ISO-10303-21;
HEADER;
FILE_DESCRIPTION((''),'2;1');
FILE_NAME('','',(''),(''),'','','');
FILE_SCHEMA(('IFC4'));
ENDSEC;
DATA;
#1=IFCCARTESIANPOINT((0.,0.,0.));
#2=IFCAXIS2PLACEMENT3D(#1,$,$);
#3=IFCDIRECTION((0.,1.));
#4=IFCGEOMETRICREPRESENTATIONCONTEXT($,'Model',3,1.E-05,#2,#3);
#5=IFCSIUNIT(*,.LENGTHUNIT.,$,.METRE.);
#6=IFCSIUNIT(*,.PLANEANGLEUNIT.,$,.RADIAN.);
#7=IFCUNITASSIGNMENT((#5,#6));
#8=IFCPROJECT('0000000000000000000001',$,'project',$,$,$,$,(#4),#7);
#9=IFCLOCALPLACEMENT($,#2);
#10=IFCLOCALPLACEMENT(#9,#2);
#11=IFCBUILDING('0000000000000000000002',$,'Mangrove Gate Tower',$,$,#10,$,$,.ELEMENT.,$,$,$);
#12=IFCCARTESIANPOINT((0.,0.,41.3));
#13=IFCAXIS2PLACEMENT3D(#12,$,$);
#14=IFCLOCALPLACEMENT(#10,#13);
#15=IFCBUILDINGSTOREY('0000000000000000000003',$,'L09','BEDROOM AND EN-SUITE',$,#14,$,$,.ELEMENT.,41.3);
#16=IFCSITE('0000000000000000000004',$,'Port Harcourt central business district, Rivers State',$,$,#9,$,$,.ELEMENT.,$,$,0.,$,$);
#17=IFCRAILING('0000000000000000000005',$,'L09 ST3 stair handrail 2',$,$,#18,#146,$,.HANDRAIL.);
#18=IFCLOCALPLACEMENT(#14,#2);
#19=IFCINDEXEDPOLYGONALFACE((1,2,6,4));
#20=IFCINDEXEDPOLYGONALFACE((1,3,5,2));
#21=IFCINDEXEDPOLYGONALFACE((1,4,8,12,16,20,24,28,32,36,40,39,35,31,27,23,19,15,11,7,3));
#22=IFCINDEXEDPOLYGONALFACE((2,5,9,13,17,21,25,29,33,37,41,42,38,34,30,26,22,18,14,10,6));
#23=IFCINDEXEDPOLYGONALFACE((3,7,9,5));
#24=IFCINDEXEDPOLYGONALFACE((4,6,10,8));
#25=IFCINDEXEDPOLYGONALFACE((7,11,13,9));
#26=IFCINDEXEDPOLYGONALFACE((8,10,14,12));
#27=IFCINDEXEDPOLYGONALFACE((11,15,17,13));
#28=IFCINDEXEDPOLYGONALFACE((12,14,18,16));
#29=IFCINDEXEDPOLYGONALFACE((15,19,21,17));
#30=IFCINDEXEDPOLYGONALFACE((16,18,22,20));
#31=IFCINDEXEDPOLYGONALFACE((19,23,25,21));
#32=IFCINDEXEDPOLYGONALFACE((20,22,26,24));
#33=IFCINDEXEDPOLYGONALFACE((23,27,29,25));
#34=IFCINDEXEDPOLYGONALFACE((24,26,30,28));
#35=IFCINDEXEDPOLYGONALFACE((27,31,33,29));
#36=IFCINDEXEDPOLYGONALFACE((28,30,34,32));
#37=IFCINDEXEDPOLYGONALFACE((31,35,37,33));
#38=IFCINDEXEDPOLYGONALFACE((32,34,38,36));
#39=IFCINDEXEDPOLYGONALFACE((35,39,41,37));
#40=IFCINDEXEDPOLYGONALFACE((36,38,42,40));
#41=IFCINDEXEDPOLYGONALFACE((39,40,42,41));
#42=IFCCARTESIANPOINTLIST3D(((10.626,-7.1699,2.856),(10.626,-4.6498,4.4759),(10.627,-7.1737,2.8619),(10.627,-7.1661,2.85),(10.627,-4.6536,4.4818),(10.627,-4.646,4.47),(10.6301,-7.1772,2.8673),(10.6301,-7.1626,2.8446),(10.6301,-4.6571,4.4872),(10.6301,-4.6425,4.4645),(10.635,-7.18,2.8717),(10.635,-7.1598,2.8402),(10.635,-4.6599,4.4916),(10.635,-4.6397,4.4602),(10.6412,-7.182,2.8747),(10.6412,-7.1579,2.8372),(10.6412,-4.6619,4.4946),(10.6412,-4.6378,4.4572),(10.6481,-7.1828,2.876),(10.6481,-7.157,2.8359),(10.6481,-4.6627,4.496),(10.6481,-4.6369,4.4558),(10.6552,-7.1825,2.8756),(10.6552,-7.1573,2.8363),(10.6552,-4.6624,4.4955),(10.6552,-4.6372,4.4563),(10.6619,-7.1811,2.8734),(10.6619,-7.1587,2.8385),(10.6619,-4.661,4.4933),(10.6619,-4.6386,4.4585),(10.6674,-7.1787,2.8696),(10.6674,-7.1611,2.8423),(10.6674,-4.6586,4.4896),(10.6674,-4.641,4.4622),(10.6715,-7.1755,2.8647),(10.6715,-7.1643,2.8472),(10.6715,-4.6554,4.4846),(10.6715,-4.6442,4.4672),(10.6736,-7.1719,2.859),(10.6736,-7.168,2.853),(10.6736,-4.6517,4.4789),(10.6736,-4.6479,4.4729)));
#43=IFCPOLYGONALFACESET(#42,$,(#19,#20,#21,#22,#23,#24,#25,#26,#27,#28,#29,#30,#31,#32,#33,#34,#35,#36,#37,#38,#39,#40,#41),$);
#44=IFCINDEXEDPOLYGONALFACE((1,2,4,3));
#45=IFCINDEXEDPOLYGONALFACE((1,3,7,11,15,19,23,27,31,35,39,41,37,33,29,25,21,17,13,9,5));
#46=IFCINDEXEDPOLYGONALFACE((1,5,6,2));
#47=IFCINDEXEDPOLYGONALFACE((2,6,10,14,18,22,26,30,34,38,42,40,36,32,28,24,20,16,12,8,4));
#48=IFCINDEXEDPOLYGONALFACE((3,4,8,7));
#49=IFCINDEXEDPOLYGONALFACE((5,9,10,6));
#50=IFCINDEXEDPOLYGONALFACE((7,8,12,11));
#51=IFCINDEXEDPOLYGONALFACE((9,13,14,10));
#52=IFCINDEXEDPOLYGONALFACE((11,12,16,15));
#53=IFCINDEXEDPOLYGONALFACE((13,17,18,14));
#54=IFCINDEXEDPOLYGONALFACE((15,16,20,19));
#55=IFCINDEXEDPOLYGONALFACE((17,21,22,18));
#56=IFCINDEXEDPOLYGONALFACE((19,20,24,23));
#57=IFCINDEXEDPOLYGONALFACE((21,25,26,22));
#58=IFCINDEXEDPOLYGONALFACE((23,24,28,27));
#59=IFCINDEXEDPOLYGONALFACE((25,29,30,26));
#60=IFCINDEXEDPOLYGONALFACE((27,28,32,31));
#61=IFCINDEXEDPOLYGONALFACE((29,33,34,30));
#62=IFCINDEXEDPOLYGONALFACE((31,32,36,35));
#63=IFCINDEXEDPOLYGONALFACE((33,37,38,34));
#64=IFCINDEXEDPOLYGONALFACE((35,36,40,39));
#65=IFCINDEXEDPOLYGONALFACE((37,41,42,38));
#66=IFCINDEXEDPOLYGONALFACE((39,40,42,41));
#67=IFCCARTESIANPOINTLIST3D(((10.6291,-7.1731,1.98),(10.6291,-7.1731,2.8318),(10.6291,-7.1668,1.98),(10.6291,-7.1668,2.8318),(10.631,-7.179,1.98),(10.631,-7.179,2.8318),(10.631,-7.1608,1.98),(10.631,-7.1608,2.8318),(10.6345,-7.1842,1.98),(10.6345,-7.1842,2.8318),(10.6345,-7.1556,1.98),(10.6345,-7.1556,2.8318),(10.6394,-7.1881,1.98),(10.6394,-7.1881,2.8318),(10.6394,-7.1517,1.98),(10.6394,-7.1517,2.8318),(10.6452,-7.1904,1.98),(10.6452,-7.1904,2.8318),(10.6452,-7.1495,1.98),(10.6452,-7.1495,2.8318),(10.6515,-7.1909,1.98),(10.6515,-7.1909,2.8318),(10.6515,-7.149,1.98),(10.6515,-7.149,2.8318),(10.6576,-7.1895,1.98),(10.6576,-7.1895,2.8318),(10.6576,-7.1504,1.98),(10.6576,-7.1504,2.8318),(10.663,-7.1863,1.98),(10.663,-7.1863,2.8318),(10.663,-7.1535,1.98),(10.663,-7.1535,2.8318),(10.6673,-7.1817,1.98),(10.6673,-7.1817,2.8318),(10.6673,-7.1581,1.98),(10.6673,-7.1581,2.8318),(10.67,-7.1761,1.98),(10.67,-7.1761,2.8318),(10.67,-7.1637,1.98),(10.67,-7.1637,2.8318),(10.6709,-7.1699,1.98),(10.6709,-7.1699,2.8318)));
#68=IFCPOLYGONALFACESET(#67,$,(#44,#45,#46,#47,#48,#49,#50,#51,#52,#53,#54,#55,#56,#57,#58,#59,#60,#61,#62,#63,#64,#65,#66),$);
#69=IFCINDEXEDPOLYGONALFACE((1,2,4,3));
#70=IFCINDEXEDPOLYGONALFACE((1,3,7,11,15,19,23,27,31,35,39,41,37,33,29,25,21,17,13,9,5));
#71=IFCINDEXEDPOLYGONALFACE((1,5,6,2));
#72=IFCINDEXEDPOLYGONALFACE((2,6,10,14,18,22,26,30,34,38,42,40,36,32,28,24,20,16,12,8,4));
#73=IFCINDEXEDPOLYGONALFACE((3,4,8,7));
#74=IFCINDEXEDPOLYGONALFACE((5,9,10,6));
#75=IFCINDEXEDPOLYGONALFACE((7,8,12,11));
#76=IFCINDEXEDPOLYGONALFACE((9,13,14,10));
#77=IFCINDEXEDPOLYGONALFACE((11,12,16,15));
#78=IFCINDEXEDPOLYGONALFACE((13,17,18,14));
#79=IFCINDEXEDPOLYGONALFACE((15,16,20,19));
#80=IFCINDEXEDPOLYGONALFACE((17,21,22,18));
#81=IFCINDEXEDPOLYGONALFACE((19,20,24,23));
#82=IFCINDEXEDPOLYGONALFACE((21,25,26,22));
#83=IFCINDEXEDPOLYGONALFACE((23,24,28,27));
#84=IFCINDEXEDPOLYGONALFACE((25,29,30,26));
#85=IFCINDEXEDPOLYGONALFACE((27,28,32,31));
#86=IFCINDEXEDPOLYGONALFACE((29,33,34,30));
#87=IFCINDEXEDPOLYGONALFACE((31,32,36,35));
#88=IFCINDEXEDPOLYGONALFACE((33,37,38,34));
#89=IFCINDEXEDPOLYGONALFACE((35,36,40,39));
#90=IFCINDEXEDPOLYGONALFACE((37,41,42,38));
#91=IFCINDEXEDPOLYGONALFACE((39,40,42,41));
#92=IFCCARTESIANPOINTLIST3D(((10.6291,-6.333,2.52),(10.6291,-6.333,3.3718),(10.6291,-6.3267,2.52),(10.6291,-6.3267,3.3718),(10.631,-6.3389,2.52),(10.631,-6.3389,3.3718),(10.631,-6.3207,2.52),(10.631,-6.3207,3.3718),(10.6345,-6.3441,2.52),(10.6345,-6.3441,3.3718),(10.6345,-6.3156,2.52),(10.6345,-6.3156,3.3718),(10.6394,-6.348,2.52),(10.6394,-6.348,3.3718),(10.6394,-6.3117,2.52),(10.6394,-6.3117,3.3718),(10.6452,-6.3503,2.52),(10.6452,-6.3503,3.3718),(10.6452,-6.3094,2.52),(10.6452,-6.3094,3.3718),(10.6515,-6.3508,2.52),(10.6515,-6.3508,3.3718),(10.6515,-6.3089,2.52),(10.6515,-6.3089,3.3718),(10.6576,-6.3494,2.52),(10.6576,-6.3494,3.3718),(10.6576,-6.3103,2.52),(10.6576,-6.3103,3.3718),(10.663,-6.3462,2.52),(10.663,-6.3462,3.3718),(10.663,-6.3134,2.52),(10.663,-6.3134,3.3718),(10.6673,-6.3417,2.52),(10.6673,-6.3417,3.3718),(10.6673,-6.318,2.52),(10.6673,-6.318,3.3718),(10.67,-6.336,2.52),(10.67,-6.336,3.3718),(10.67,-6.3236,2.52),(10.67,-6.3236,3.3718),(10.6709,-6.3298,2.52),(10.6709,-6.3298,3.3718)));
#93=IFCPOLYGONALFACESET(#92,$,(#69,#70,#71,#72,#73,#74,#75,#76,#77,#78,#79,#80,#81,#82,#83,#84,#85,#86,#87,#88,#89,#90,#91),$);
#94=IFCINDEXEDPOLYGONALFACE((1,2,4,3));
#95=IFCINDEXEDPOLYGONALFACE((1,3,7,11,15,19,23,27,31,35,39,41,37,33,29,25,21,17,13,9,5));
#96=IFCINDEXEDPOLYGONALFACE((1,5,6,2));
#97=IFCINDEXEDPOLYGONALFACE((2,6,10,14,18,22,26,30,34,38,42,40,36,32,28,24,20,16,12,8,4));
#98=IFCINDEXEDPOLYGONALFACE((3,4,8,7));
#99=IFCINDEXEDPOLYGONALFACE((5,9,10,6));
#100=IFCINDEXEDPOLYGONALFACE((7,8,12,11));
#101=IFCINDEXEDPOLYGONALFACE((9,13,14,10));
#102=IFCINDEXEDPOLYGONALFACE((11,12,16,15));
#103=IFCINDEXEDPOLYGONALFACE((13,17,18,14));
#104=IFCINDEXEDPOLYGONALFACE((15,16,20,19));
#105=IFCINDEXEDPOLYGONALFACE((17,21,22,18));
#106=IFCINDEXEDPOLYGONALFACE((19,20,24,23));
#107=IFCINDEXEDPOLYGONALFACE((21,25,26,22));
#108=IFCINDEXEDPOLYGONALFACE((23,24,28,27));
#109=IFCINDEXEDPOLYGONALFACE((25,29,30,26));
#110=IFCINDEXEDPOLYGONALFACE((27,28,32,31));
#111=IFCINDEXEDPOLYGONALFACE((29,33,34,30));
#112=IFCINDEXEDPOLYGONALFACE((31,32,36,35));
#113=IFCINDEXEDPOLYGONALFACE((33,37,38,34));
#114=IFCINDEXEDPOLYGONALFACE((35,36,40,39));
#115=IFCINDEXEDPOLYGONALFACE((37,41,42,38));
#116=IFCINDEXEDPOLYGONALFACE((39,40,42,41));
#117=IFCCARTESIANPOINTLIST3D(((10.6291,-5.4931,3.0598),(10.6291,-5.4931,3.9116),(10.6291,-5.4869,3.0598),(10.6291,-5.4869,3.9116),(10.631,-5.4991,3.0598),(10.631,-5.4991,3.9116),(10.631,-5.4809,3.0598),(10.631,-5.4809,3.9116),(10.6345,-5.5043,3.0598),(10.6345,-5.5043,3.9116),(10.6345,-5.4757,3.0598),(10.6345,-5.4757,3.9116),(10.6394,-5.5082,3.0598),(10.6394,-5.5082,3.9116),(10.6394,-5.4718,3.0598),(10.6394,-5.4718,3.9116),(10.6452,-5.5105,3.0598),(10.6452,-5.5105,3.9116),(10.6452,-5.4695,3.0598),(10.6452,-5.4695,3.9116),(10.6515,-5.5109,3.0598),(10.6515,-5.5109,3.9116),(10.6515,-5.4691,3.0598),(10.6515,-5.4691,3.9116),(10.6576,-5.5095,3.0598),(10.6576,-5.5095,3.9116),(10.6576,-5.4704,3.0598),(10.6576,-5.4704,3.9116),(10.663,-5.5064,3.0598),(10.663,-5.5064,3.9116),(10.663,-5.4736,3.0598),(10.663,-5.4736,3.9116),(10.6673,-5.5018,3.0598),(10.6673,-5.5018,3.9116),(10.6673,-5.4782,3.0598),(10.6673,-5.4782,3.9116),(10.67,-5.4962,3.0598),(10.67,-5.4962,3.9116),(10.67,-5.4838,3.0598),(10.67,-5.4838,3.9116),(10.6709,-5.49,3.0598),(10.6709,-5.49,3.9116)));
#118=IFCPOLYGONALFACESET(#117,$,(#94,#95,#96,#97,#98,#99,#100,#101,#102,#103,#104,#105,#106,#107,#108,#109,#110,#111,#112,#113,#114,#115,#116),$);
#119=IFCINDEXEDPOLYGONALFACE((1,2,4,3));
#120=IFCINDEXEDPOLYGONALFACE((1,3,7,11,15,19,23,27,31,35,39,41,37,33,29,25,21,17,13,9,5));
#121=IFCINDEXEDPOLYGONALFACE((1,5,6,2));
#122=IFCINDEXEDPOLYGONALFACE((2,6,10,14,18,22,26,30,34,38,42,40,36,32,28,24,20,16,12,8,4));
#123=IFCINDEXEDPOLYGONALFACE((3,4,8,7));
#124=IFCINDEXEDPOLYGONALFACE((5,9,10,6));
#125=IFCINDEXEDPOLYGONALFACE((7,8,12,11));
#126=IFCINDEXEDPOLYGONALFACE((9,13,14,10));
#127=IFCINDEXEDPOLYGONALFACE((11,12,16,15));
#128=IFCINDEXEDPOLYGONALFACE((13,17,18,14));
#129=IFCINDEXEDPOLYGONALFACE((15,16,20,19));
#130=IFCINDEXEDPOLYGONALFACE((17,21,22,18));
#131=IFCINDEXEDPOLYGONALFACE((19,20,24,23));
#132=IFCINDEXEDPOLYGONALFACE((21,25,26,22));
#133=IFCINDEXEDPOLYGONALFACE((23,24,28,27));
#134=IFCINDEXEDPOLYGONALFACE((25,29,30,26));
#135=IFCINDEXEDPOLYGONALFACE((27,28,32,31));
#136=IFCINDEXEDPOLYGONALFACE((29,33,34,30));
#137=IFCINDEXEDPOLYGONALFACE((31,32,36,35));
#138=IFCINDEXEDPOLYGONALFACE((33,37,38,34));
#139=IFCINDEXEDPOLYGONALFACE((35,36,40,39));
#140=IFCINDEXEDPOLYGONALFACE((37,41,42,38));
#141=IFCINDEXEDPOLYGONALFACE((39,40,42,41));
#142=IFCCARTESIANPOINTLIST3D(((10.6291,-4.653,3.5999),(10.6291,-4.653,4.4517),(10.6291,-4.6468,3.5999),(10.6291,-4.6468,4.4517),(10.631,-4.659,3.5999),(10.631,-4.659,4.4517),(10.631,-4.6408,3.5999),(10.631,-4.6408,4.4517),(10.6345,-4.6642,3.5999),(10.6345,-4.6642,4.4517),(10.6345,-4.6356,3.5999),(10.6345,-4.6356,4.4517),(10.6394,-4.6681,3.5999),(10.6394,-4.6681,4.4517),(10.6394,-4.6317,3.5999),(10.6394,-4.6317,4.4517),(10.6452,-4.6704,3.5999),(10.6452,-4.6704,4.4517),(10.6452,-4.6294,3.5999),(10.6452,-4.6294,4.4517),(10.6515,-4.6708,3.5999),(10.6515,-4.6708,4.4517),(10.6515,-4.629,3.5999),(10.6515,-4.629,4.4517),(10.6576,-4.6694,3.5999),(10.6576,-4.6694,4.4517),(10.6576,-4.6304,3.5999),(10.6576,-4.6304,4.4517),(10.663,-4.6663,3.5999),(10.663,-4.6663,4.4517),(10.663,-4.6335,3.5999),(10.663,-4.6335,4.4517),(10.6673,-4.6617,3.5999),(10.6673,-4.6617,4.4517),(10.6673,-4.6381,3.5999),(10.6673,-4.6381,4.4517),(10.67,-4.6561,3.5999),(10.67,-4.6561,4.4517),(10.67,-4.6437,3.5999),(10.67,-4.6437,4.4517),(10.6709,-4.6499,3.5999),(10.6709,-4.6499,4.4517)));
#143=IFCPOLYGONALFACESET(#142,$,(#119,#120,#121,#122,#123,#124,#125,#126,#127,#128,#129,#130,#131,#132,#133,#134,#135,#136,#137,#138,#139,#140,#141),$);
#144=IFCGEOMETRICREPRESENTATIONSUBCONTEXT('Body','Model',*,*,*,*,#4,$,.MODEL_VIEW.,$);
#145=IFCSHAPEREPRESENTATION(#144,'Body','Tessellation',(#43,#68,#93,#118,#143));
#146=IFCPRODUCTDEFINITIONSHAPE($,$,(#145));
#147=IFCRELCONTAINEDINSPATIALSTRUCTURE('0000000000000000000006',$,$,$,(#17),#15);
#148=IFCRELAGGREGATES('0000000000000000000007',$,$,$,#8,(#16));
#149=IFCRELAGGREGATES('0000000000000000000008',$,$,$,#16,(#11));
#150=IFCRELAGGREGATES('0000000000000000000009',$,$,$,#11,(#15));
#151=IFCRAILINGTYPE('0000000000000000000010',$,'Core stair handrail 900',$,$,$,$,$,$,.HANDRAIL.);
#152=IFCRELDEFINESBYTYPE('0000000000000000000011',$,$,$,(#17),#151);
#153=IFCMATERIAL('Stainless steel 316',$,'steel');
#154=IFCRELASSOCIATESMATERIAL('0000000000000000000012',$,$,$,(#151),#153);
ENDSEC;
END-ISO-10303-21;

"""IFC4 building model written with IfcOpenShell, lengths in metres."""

from ifc_helpers import new_model, si_unit, direction, frame, origin, origin_2d, place, context, subcontext, project, spatial, circle, extrude, material, type_object, element, save


model = new_model("IFC4")

# Units and contexts
model_context = context("Model", 3, precision=1e-05, world=origin(), true_north=direction((0.0, 1.0)))
body_context = subcontext(model_context, "Body", "Model", "MODEL_VIEW")
ifc_project = project(units=[si_unit("LENGTHUNIT", "METRE"), si_unit("PLANEANGLEUNIT", "RADIAN")], contexts=[model_context])

# Site, building, storey
site_placement = place(None, origin())
site = spatial("IfcSite", under=ifc_project, at=site_placement, Name="Port Harcourt central business district, Rivers State", CompositionType="ELEMENT", RefElevation=0.0)
building_placement = place(site_placement, origin())
building = spatial("IfcBuilding", under=site, at=building_placement, Name="Mangrove Gate Tower", CompositionType="ELEMENT")
storey_placement = place(building_placement, frame((0.0, 0.0, 41.3)))
storey = spatial("IfcBuildingStorey", under=building, at=storey_placement, Name="L09", Description="BEDROOM AND EN-SUITE", CompositionType="ELEMENT", Elevation=41.3)

# Railing
ifc_material_1 = material(Name="Stainless steel 316", Category="steel")
railing_type_1 = type_object("IfcRailingType", Name="Core stair handrail 900", PredefinedType="HANDRAIL", material=ifc_material_1)
railing_1_placement = place(storey_placement, frame((10.6499, -7.1699, 1.98)))
element("IfcRailing", 1, at=railing_1_placement, inside=storey, type_object=railing_type_1, Name="L09 ST3 stair handrail 2", PredefinedType="HANDRAIL", context=body_context, shape_type="SweptSolid", body=[
    extrude(circle(Radius=0.0239, at=origin_2d()), frame((0.0, 0.0, 0.876), z_axis=(0.0, 0.8412, 0.540725), x_axis=(-1.0, 0.0, 0.0)), (0.0, 0.0, 1.0), 2.9958),
    extrude(circle(Radius=0.021, at=origin_2d()), origin(), (0.0, 0.0, 1.0), 0.8518),
    extrude(circle(Radius=0.021, at=origin_2d()), frame((0.0, 0.8401, 0.54)), (0.0, 0.0, 1.0), 0.8518),
    extrude(circle(Radius=0.021, at=origin_2d()), frame((0.0, 1.6799, 1.0798)), (0.0, 0.0, 1.0), 0.8518),
    extrude(circle(Radius=0.021, at=origin_2d()), frame((0.0, 2.52, 1.6199)), (0.0, 0.0, 1.0), 0.8518),
])

save(model, "model.ifc")
